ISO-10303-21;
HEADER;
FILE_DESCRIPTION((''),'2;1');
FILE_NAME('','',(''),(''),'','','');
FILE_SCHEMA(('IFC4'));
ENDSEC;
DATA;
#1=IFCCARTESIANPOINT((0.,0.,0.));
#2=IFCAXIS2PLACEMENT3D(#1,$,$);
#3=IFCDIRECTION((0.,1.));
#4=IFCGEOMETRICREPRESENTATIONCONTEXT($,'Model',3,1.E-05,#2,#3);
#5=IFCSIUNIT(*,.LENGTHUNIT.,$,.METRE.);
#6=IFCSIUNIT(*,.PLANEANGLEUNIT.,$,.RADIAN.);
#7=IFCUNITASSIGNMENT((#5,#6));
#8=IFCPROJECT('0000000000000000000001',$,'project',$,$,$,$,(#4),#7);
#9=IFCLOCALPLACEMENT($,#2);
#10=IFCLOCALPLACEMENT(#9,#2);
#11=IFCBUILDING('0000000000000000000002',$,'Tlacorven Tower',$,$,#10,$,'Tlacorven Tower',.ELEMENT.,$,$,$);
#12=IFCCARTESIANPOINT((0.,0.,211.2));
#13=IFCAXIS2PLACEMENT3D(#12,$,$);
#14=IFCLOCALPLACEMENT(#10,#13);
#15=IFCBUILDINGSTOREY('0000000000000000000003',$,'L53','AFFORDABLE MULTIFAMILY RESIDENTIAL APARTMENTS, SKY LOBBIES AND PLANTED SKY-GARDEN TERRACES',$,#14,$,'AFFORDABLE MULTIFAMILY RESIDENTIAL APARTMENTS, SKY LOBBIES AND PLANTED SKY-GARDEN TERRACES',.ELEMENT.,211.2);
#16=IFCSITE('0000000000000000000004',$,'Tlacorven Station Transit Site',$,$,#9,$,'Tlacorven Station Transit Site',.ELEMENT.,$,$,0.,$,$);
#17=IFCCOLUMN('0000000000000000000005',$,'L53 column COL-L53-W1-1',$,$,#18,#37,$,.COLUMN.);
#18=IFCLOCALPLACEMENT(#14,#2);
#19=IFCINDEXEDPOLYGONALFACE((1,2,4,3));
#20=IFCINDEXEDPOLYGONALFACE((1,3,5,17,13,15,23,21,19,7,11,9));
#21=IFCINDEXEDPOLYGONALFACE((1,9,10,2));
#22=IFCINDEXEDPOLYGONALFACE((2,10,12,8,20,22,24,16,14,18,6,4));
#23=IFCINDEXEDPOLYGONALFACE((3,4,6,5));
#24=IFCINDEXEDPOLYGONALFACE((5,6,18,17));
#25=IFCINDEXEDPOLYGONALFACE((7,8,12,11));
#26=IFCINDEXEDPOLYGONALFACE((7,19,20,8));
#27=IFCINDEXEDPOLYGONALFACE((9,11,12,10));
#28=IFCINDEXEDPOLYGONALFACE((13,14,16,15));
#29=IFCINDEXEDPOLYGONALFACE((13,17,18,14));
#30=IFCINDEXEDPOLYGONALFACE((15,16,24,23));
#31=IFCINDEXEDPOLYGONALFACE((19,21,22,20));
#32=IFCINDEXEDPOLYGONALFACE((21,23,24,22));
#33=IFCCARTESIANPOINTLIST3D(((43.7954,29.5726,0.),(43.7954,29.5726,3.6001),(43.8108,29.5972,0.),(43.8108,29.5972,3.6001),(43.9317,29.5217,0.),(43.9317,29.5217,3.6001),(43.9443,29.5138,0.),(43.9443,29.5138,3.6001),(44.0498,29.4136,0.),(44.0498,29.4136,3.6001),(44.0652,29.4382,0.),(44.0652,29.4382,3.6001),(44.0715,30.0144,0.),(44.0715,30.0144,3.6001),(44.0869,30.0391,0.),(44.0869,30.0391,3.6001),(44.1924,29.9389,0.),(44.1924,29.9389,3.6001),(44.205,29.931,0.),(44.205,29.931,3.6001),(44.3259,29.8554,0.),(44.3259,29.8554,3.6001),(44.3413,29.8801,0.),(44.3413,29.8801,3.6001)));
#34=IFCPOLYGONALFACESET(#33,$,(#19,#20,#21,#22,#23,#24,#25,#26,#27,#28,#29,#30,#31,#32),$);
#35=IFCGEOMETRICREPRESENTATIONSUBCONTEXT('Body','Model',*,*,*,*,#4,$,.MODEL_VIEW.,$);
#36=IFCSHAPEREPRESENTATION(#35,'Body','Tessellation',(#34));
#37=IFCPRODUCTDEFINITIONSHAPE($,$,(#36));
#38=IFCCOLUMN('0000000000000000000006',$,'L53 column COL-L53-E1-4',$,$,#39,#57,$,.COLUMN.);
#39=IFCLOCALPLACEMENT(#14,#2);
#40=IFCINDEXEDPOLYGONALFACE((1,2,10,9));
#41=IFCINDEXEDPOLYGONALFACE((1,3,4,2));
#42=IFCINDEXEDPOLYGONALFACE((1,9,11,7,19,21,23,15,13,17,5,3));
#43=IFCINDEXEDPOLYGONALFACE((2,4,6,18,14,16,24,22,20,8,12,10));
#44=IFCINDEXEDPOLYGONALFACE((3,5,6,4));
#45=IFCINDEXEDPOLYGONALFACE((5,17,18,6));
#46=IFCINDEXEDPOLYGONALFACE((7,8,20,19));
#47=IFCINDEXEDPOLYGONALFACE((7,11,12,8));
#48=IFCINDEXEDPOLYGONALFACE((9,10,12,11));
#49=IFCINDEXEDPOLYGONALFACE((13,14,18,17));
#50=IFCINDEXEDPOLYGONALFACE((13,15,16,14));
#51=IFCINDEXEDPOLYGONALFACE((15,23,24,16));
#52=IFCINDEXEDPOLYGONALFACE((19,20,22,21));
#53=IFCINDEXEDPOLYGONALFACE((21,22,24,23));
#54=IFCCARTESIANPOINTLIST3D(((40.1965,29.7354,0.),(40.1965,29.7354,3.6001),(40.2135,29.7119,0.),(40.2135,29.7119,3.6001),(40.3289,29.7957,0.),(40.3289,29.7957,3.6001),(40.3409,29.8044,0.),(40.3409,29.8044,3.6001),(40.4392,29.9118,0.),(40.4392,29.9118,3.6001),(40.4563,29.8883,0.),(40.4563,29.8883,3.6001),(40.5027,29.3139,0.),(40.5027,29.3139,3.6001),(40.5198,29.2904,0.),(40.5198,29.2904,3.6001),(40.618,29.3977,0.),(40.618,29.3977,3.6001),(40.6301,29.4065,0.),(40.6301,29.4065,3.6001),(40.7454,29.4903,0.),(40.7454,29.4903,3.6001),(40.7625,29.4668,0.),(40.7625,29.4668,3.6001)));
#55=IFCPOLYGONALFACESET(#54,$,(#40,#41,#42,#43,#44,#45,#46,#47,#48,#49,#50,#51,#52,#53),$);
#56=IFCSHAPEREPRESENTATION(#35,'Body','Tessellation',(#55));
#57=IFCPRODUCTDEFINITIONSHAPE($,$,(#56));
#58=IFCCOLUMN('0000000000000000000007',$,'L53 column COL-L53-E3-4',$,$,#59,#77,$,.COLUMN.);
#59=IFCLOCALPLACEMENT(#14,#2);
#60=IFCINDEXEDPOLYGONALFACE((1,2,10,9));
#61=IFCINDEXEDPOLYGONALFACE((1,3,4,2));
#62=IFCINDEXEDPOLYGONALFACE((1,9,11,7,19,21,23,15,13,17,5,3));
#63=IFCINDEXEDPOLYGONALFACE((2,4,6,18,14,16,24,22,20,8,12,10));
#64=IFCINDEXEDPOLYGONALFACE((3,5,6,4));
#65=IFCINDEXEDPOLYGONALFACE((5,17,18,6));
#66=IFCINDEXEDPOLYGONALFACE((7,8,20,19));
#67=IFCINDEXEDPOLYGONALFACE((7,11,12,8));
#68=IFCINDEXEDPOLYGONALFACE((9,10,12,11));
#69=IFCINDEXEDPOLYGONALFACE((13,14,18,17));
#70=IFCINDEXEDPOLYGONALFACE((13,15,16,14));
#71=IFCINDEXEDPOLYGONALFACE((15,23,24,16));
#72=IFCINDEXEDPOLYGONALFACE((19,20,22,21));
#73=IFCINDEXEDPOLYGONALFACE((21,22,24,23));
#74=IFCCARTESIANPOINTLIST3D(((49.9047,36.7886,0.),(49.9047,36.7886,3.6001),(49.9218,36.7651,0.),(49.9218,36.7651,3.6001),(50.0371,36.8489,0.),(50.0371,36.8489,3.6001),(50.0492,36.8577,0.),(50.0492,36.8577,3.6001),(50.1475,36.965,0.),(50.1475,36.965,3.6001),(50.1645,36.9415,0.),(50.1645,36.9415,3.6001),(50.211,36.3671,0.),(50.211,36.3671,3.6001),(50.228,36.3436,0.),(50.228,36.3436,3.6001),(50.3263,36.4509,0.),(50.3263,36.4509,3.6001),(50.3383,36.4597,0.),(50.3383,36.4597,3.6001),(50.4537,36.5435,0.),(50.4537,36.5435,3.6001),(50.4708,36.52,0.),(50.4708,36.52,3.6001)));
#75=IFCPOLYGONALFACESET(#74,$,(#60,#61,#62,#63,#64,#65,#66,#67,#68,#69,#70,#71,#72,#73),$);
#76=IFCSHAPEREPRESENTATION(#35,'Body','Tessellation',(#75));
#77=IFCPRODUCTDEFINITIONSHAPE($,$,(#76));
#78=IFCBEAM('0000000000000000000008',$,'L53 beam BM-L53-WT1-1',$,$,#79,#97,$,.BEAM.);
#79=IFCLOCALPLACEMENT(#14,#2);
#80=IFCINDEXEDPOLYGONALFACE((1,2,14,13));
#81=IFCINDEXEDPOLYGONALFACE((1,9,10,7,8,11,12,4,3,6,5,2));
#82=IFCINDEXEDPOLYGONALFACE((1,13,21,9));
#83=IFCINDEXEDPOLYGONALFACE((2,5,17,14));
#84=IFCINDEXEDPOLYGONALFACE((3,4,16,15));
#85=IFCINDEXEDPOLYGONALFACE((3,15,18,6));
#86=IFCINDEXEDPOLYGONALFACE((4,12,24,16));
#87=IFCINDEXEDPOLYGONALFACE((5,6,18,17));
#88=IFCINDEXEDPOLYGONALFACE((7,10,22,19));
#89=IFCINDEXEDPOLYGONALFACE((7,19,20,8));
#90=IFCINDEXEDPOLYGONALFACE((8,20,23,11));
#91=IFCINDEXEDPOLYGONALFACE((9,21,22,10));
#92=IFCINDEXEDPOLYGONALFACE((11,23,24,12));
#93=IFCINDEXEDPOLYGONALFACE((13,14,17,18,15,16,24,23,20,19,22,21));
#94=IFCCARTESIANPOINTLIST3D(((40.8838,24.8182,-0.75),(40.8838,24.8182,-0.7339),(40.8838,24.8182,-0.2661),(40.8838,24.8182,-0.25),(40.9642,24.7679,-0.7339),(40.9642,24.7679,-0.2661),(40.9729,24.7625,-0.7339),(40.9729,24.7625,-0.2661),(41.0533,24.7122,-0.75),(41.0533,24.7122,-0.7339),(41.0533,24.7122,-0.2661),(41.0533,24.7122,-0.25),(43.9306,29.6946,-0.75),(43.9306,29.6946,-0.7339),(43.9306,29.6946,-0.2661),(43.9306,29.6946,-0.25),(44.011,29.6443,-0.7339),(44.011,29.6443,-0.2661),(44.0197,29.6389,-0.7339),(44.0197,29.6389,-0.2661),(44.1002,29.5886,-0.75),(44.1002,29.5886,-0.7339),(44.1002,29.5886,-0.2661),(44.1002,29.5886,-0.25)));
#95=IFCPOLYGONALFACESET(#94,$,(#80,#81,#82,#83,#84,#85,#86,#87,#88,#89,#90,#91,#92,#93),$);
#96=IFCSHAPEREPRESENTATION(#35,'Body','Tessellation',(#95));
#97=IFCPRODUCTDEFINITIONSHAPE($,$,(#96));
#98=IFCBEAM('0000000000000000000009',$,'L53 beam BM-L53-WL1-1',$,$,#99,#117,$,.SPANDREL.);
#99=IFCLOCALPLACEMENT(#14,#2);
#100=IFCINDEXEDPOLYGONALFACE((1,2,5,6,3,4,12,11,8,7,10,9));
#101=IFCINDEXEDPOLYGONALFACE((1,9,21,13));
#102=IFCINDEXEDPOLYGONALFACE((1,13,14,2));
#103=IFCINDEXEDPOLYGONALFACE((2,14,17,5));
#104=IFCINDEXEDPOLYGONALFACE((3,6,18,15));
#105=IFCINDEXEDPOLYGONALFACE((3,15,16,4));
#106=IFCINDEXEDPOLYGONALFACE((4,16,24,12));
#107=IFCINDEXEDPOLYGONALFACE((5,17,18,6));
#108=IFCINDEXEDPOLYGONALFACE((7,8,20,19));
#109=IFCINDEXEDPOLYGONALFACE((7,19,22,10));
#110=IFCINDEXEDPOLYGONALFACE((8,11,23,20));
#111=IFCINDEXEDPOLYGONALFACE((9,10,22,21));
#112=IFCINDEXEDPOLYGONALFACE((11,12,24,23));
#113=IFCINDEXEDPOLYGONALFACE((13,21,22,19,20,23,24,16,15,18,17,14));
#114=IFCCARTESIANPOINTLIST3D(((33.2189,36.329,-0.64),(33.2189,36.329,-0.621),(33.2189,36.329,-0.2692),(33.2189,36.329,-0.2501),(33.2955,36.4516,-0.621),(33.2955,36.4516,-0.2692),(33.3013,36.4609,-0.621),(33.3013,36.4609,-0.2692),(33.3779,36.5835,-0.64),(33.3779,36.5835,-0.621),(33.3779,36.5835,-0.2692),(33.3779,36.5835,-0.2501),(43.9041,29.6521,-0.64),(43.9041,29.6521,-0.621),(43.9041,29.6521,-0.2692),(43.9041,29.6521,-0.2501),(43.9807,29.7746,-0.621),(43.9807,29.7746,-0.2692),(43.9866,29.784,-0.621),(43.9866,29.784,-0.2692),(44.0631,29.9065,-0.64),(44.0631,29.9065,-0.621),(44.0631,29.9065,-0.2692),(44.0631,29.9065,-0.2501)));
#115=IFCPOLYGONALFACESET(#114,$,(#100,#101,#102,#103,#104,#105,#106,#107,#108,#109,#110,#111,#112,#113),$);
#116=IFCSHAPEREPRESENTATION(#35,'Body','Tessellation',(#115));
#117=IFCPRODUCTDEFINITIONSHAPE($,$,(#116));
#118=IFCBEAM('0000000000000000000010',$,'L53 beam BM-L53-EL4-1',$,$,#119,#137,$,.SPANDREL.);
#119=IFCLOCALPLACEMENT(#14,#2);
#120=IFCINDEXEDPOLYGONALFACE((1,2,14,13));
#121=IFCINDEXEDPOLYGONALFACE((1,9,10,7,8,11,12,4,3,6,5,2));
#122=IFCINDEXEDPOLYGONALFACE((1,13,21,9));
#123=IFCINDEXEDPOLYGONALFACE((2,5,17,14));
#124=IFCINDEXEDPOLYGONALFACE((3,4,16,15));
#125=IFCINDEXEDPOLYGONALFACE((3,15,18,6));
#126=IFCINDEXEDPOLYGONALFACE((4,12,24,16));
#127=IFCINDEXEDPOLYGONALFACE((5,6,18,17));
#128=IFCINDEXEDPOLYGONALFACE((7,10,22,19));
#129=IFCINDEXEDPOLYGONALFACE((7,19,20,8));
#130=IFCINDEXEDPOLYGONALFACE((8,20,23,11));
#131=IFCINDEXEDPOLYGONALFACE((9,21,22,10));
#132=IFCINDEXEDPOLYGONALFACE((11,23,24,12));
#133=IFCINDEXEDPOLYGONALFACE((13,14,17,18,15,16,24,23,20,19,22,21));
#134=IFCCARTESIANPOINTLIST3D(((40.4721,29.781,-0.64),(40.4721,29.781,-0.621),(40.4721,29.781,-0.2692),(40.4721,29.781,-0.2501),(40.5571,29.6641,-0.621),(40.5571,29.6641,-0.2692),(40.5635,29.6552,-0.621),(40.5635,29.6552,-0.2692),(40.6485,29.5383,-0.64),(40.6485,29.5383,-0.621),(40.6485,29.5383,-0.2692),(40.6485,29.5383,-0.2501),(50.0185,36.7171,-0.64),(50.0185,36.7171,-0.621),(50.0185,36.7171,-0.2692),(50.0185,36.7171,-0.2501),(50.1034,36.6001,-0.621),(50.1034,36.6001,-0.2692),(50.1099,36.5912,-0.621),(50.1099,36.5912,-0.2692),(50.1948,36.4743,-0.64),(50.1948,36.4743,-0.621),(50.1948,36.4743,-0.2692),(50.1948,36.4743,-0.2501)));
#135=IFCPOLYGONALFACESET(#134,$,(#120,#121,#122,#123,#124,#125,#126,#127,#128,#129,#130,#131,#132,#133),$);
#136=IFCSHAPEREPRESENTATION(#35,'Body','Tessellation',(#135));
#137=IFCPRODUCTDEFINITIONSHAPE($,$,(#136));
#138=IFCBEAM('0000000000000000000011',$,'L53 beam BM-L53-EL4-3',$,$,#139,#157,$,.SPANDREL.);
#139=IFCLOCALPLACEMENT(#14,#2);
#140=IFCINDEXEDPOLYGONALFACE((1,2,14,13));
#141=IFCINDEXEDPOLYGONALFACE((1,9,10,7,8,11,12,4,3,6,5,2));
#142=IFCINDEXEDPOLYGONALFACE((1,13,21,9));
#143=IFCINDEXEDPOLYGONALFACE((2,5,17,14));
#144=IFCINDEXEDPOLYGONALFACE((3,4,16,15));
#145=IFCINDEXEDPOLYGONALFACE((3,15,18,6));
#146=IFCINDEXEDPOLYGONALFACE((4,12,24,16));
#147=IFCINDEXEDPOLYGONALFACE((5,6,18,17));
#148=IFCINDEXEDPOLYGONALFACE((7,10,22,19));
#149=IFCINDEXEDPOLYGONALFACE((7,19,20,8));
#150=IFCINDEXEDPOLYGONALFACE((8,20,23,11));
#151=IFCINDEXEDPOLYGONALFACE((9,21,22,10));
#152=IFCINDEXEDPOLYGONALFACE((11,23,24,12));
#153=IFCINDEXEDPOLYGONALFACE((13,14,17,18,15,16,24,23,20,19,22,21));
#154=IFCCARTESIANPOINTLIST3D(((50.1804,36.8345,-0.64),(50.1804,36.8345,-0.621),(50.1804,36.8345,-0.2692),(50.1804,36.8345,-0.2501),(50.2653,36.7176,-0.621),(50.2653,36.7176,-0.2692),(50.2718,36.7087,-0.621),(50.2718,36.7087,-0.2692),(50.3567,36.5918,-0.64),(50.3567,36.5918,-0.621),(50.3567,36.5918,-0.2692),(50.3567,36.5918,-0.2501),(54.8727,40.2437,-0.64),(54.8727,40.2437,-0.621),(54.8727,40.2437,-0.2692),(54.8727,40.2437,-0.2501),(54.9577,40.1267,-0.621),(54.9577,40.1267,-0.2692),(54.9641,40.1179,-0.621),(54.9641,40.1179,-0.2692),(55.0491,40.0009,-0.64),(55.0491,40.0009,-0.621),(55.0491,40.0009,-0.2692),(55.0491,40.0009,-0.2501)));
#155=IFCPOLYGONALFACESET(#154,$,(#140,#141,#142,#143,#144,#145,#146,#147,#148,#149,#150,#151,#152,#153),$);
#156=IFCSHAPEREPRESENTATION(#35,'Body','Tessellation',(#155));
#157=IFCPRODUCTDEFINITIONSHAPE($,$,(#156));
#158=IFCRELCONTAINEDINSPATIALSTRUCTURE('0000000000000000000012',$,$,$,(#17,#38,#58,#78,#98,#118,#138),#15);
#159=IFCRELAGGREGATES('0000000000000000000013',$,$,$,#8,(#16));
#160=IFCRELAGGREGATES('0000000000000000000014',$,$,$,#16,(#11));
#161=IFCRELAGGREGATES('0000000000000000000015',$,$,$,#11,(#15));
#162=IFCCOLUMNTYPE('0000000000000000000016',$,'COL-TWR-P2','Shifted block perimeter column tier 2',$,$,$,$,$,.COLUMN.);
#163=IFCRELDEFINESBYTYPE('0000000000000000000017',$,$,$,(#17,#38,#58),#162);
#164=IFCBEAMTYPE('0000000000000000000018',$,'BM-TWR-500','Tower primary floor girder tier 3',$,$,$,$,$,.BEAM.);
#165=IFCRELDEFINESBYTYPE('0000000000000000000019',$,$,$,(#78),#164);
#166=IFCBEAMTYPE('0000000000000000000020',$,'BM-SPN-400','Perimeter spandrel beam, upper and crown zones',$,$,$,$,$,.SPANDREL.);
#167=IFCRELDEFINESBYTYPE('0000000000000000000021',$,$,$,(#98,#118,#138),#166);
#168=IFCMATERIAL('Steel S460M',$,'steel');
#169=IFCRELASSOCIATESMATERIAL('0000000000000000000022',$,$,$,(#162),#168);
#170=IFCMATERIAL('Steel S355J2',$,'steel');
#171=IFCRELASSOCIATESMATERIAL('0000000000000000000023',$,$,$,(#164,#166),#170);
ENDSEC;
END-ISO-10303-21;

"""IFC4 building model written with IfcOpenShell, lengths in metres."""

from ifc_helpers import new_model, si_unit, direction, frame, origin, origin_2d, place, context, subcontext, project, spatial, i_section, extrude, source, transform, mapped, material, material_profile, profile_set, type_object, element, save


model = new_model("IFC4")

# Units and contexts
model_context = context("Model", 3, precision=1e-05, world=origin(), true_north=direction((0.0, 1.0)))
body_context = subcontext(model_context, "Body", "Model", "MODEL_VIEW")
ifc_project = project(units=[si_unit("LENGTHUNIT", "METRE"), si_unit("PLANEANGLEUNIT", "RADIAN")], contexts=[model_context])

# Site, building, storey
site_placement = place(None, origin())
site = spatial("IfcSite", under=ifc_project, at=site_placement, Name="Tlacorven Station Transit Site", LongName="Tlacorven Station Transit Site", CompositionType="ELEMENT", RefElevation=0.0)
building_placement = place(site_placement, origin())
building = spatial("IfcBuilding", under=site, at=building_placement, Name="Tlacorven Tower", LongName="Tlacorven Tower", CompositionType="ELEMENT")
storey_placement = place(building_placement, frame((0.0, 0.0, 211.2)))
storey = spatial("IfcBuildingStorey", under=building, at=storey_placement, Name="L53", Description="AFFORDABLE MULTIFAMILY RESIDENTIAL APARTMENTS, SKY LOBBIES AND PLANTED SKY-GARDEN TERRACES", LongName="AFFORDABLE MULTIFAMILY RESIDENTIAL APARTMENTS, SKY LOBBIES AND PLANTED SKY-GARDEN TERRACES", CompositionType="ELEMENT", Elevation=211.2)

# Columns
ifc_material_1 = material(Name="Steel S460M", Category="steel")
ifc_material_profile_1 = material_profile(ifc_material_1, i_section(OverallWidth=0.3, OverallDepth=0.55, WebThickness=0.0149, FlangeThickness=0.0291, at=origin_2d()), Name="HEB 550")
ifc_profile_set_1 = profile_set([ifc_material_profile_1], Name="Steel S460M")
column_type = type_object("IfcColumnType", Name="COL-TWR-P2", Description="Shifted block perimeter column tier 2", PredefinedType="COLUMN", material=ifc_profile_set_1)
shared_shape_1 = source(origin(), body_context, "Body", "SweptSolid", [
    extrude(i_section(OverallWidth=0.3, OverallDepth=0.55, WebThickness=0.0149, FlangeThickness=0.0291, at=origin_2d()), origin(), (0.0, 0.0, 1.0), 3.6001),
])
for number, where, z_axis, x_axis, name in (
    (1, (44.0684, 29.7263, 0.0), (0.0, 0.0, 1.0), (-0.848048, 0.529919, 0.0), "L53 column COL-L53-W1-1"),
    (2, (40.4795, 29.6011, 0.0), (0.0, 0.0, 1.0), (0.809017, 0.587785, 0.0), "L53 column COL-L53-E1-4"),
    (3, (50.1877, 36.6543, 0.0), (0.0, 0.0, 1.0), (0.809017, 0.587785, 0.0), "L53 column COL-L53-E3-4"),
):
    element("IfcColumn", number, at=place(storey_placement, frame(where, z_axis=z_axis, x_axis=x_axis)), inside=storey, type_object=column_type, Name=name, PredefinedType="COLUMN", context=body_context, shape_type="MappedRepresentation", body=[
        mapped(shared_shape_1, transform((0.0, 0.0, 0.0), scale=1.0)),
    ])

# Beams
ifc_material_2 = material(Name="Steel S355J2", Category="steel")
ifc_material_profile_2 = material_profile(ifc_material_2, i_section(OverallWidth=0.2, OverallDepth=0.5, WebThickness=0.0103, FlangeThickness=0.0161, at=origin_2d()), Name="IPE 500")
ifc_profile_set_2 = profile_set([ifc_material_profile_2], Name="Steel S355J2")
beam_type_1 = type_object("IfcBeamType", Name="BM-TWR-500", Description="Tower primary floor girder tier 3", PredefinedType="BEAM", material=ifc_profile_set_2)
shared_shape_2 = source(origin(), body_context, "Body", "SweptSolid", [
    extrude(i_section(OverallWidth=0.2, OverallDepth=0.5, WebThickness=0.0103, FlangeThickness=0.0161, at=origin_2d()), origin(), (0.0, 0.0, 1.0), 5.75),
])
beam_1_placement = place(storey_placement, frame((44.0154, 29.6416, -0.5), z_axis=(-0.529884, -0.84807, 0.0), x_axis=(0.84807, -0.529884, 0.0)))
element("IfcBeam", 4, at=beam_1_placement, inside=storey, type_object=beam_type_1, Name="L53 beam BM-L53-WT1-1", PredefinedType="BEAM", context=body_context, shape_type="MappedRepresentation", body=[
    mapped(shared_shape_2, transform((0.0, 0.0, 0.0), scale=1.0)),
])
ifc_material_profile_3 = material_profile(ifc_material_2, i_section(OverallWidth=0.3, OverallDepth=0.3899, WebThickness=0.011, FlangeThickness=0.019, at=origin_2d()), Name="HEA 400")
ifc_profile_set_3 = profile_set([ifc_material_profile_3], Name="Steel S355J2")
beam_type_2 = type_object("IfcBeamType", Name="BM-SPN-400", Description="Perimeter spandrel beam, upper and crown zones", PredefinedType="SPANDREL", material=ifc_profile_set_3)
shared_shape_3 = source(origin(), body_context, "Body", "SweptSolid", [
    extrude(i_section(OverallWidth=0.3, OverallDepth=0.3899, WebThickness=0.011, FlangeThickness=0.019, at=origin_2d()), origin(), (0.0, 0.0, 1.0), 12.5999),
])
beam_2_placement = place(storey_placement, frame((43.9836, 29.7793, -0.4451), z_axis=(-0.848045, 0.529924, 0.0), x_axis=(-0.529924, -0.848045, 0.0)))
element("IfcBeam", 5, at=beam_2_placement, inside=storey, type_object=beam_type_2, Name="L53 beam BM-L53-WL1-1", PredefinedType="SPANDREL", context=body_context, shape_type="MappedRepresentation", body=[
    mapped(shared_shape_3, transform((0.0, 0.0, 0.0), scale=1.0)),
])
shared_shape_4 = source(origin(), body_context, "Body", "SweptSolid", [
    extrude(i_section(OverallWidth=0.3, OverallDepth=0.3899, WebThickness=0.011, FlangeThickness=0.019, at=origin_2d()), origin(), (0.0, 0.0, 1.0), 11.8),
])
beam_3_placement = place(storey_placement, frame((40.5603, 29.6597, -0.4451), z_axis=(0.80901, 0.587795, 0.0), x_axis=(-0.587795, 0.80901, 0.0)))
element("IfcBeam", 6, at=beam_3_placement, inside=storey, type_object=beam_type_2, Name="L53 beam BM-L53-EL4-1", PredefinedType="SPANDREL", context=body_context, shape_type="MappedRepresentation", body=[
    mapped(shared_shape_4, transform((0.0, 0.0, 0.0), scale=1.0)),
])
shared_shape_5 = source(origin(), body_context, "Body", "SweptSolid", [
    extrude(i_section(OverallWidth=0.3, OverallDepth=0.3899, WebThickness=0.011, FlangeThickness=0.019, at=origin_2d()), origin(), (0.0, 0.0, 1.0), 5.8),
])
beam_4_placement = place(storey_placement, frame((50.2686, 36.7131, -0.4451), z_axis=(0.80902, 0.587781, 0.0), x_axis=(-0.587781, 0.80902, 0.0)))
element("IfcBeam", 7, at=beam_4_placement, inside=storey, type_object=beam_type_2, Name="L53 beam BM-L53-EL4-3", PredefinedType="SPANDREL", context=body_context, shape_type="MappedRepresentation", body=[
    mapped(shared_shape_5, transform((0.0, 0.0, 0.0), scale=1.0)),
])

save(model, "model.ifc")
